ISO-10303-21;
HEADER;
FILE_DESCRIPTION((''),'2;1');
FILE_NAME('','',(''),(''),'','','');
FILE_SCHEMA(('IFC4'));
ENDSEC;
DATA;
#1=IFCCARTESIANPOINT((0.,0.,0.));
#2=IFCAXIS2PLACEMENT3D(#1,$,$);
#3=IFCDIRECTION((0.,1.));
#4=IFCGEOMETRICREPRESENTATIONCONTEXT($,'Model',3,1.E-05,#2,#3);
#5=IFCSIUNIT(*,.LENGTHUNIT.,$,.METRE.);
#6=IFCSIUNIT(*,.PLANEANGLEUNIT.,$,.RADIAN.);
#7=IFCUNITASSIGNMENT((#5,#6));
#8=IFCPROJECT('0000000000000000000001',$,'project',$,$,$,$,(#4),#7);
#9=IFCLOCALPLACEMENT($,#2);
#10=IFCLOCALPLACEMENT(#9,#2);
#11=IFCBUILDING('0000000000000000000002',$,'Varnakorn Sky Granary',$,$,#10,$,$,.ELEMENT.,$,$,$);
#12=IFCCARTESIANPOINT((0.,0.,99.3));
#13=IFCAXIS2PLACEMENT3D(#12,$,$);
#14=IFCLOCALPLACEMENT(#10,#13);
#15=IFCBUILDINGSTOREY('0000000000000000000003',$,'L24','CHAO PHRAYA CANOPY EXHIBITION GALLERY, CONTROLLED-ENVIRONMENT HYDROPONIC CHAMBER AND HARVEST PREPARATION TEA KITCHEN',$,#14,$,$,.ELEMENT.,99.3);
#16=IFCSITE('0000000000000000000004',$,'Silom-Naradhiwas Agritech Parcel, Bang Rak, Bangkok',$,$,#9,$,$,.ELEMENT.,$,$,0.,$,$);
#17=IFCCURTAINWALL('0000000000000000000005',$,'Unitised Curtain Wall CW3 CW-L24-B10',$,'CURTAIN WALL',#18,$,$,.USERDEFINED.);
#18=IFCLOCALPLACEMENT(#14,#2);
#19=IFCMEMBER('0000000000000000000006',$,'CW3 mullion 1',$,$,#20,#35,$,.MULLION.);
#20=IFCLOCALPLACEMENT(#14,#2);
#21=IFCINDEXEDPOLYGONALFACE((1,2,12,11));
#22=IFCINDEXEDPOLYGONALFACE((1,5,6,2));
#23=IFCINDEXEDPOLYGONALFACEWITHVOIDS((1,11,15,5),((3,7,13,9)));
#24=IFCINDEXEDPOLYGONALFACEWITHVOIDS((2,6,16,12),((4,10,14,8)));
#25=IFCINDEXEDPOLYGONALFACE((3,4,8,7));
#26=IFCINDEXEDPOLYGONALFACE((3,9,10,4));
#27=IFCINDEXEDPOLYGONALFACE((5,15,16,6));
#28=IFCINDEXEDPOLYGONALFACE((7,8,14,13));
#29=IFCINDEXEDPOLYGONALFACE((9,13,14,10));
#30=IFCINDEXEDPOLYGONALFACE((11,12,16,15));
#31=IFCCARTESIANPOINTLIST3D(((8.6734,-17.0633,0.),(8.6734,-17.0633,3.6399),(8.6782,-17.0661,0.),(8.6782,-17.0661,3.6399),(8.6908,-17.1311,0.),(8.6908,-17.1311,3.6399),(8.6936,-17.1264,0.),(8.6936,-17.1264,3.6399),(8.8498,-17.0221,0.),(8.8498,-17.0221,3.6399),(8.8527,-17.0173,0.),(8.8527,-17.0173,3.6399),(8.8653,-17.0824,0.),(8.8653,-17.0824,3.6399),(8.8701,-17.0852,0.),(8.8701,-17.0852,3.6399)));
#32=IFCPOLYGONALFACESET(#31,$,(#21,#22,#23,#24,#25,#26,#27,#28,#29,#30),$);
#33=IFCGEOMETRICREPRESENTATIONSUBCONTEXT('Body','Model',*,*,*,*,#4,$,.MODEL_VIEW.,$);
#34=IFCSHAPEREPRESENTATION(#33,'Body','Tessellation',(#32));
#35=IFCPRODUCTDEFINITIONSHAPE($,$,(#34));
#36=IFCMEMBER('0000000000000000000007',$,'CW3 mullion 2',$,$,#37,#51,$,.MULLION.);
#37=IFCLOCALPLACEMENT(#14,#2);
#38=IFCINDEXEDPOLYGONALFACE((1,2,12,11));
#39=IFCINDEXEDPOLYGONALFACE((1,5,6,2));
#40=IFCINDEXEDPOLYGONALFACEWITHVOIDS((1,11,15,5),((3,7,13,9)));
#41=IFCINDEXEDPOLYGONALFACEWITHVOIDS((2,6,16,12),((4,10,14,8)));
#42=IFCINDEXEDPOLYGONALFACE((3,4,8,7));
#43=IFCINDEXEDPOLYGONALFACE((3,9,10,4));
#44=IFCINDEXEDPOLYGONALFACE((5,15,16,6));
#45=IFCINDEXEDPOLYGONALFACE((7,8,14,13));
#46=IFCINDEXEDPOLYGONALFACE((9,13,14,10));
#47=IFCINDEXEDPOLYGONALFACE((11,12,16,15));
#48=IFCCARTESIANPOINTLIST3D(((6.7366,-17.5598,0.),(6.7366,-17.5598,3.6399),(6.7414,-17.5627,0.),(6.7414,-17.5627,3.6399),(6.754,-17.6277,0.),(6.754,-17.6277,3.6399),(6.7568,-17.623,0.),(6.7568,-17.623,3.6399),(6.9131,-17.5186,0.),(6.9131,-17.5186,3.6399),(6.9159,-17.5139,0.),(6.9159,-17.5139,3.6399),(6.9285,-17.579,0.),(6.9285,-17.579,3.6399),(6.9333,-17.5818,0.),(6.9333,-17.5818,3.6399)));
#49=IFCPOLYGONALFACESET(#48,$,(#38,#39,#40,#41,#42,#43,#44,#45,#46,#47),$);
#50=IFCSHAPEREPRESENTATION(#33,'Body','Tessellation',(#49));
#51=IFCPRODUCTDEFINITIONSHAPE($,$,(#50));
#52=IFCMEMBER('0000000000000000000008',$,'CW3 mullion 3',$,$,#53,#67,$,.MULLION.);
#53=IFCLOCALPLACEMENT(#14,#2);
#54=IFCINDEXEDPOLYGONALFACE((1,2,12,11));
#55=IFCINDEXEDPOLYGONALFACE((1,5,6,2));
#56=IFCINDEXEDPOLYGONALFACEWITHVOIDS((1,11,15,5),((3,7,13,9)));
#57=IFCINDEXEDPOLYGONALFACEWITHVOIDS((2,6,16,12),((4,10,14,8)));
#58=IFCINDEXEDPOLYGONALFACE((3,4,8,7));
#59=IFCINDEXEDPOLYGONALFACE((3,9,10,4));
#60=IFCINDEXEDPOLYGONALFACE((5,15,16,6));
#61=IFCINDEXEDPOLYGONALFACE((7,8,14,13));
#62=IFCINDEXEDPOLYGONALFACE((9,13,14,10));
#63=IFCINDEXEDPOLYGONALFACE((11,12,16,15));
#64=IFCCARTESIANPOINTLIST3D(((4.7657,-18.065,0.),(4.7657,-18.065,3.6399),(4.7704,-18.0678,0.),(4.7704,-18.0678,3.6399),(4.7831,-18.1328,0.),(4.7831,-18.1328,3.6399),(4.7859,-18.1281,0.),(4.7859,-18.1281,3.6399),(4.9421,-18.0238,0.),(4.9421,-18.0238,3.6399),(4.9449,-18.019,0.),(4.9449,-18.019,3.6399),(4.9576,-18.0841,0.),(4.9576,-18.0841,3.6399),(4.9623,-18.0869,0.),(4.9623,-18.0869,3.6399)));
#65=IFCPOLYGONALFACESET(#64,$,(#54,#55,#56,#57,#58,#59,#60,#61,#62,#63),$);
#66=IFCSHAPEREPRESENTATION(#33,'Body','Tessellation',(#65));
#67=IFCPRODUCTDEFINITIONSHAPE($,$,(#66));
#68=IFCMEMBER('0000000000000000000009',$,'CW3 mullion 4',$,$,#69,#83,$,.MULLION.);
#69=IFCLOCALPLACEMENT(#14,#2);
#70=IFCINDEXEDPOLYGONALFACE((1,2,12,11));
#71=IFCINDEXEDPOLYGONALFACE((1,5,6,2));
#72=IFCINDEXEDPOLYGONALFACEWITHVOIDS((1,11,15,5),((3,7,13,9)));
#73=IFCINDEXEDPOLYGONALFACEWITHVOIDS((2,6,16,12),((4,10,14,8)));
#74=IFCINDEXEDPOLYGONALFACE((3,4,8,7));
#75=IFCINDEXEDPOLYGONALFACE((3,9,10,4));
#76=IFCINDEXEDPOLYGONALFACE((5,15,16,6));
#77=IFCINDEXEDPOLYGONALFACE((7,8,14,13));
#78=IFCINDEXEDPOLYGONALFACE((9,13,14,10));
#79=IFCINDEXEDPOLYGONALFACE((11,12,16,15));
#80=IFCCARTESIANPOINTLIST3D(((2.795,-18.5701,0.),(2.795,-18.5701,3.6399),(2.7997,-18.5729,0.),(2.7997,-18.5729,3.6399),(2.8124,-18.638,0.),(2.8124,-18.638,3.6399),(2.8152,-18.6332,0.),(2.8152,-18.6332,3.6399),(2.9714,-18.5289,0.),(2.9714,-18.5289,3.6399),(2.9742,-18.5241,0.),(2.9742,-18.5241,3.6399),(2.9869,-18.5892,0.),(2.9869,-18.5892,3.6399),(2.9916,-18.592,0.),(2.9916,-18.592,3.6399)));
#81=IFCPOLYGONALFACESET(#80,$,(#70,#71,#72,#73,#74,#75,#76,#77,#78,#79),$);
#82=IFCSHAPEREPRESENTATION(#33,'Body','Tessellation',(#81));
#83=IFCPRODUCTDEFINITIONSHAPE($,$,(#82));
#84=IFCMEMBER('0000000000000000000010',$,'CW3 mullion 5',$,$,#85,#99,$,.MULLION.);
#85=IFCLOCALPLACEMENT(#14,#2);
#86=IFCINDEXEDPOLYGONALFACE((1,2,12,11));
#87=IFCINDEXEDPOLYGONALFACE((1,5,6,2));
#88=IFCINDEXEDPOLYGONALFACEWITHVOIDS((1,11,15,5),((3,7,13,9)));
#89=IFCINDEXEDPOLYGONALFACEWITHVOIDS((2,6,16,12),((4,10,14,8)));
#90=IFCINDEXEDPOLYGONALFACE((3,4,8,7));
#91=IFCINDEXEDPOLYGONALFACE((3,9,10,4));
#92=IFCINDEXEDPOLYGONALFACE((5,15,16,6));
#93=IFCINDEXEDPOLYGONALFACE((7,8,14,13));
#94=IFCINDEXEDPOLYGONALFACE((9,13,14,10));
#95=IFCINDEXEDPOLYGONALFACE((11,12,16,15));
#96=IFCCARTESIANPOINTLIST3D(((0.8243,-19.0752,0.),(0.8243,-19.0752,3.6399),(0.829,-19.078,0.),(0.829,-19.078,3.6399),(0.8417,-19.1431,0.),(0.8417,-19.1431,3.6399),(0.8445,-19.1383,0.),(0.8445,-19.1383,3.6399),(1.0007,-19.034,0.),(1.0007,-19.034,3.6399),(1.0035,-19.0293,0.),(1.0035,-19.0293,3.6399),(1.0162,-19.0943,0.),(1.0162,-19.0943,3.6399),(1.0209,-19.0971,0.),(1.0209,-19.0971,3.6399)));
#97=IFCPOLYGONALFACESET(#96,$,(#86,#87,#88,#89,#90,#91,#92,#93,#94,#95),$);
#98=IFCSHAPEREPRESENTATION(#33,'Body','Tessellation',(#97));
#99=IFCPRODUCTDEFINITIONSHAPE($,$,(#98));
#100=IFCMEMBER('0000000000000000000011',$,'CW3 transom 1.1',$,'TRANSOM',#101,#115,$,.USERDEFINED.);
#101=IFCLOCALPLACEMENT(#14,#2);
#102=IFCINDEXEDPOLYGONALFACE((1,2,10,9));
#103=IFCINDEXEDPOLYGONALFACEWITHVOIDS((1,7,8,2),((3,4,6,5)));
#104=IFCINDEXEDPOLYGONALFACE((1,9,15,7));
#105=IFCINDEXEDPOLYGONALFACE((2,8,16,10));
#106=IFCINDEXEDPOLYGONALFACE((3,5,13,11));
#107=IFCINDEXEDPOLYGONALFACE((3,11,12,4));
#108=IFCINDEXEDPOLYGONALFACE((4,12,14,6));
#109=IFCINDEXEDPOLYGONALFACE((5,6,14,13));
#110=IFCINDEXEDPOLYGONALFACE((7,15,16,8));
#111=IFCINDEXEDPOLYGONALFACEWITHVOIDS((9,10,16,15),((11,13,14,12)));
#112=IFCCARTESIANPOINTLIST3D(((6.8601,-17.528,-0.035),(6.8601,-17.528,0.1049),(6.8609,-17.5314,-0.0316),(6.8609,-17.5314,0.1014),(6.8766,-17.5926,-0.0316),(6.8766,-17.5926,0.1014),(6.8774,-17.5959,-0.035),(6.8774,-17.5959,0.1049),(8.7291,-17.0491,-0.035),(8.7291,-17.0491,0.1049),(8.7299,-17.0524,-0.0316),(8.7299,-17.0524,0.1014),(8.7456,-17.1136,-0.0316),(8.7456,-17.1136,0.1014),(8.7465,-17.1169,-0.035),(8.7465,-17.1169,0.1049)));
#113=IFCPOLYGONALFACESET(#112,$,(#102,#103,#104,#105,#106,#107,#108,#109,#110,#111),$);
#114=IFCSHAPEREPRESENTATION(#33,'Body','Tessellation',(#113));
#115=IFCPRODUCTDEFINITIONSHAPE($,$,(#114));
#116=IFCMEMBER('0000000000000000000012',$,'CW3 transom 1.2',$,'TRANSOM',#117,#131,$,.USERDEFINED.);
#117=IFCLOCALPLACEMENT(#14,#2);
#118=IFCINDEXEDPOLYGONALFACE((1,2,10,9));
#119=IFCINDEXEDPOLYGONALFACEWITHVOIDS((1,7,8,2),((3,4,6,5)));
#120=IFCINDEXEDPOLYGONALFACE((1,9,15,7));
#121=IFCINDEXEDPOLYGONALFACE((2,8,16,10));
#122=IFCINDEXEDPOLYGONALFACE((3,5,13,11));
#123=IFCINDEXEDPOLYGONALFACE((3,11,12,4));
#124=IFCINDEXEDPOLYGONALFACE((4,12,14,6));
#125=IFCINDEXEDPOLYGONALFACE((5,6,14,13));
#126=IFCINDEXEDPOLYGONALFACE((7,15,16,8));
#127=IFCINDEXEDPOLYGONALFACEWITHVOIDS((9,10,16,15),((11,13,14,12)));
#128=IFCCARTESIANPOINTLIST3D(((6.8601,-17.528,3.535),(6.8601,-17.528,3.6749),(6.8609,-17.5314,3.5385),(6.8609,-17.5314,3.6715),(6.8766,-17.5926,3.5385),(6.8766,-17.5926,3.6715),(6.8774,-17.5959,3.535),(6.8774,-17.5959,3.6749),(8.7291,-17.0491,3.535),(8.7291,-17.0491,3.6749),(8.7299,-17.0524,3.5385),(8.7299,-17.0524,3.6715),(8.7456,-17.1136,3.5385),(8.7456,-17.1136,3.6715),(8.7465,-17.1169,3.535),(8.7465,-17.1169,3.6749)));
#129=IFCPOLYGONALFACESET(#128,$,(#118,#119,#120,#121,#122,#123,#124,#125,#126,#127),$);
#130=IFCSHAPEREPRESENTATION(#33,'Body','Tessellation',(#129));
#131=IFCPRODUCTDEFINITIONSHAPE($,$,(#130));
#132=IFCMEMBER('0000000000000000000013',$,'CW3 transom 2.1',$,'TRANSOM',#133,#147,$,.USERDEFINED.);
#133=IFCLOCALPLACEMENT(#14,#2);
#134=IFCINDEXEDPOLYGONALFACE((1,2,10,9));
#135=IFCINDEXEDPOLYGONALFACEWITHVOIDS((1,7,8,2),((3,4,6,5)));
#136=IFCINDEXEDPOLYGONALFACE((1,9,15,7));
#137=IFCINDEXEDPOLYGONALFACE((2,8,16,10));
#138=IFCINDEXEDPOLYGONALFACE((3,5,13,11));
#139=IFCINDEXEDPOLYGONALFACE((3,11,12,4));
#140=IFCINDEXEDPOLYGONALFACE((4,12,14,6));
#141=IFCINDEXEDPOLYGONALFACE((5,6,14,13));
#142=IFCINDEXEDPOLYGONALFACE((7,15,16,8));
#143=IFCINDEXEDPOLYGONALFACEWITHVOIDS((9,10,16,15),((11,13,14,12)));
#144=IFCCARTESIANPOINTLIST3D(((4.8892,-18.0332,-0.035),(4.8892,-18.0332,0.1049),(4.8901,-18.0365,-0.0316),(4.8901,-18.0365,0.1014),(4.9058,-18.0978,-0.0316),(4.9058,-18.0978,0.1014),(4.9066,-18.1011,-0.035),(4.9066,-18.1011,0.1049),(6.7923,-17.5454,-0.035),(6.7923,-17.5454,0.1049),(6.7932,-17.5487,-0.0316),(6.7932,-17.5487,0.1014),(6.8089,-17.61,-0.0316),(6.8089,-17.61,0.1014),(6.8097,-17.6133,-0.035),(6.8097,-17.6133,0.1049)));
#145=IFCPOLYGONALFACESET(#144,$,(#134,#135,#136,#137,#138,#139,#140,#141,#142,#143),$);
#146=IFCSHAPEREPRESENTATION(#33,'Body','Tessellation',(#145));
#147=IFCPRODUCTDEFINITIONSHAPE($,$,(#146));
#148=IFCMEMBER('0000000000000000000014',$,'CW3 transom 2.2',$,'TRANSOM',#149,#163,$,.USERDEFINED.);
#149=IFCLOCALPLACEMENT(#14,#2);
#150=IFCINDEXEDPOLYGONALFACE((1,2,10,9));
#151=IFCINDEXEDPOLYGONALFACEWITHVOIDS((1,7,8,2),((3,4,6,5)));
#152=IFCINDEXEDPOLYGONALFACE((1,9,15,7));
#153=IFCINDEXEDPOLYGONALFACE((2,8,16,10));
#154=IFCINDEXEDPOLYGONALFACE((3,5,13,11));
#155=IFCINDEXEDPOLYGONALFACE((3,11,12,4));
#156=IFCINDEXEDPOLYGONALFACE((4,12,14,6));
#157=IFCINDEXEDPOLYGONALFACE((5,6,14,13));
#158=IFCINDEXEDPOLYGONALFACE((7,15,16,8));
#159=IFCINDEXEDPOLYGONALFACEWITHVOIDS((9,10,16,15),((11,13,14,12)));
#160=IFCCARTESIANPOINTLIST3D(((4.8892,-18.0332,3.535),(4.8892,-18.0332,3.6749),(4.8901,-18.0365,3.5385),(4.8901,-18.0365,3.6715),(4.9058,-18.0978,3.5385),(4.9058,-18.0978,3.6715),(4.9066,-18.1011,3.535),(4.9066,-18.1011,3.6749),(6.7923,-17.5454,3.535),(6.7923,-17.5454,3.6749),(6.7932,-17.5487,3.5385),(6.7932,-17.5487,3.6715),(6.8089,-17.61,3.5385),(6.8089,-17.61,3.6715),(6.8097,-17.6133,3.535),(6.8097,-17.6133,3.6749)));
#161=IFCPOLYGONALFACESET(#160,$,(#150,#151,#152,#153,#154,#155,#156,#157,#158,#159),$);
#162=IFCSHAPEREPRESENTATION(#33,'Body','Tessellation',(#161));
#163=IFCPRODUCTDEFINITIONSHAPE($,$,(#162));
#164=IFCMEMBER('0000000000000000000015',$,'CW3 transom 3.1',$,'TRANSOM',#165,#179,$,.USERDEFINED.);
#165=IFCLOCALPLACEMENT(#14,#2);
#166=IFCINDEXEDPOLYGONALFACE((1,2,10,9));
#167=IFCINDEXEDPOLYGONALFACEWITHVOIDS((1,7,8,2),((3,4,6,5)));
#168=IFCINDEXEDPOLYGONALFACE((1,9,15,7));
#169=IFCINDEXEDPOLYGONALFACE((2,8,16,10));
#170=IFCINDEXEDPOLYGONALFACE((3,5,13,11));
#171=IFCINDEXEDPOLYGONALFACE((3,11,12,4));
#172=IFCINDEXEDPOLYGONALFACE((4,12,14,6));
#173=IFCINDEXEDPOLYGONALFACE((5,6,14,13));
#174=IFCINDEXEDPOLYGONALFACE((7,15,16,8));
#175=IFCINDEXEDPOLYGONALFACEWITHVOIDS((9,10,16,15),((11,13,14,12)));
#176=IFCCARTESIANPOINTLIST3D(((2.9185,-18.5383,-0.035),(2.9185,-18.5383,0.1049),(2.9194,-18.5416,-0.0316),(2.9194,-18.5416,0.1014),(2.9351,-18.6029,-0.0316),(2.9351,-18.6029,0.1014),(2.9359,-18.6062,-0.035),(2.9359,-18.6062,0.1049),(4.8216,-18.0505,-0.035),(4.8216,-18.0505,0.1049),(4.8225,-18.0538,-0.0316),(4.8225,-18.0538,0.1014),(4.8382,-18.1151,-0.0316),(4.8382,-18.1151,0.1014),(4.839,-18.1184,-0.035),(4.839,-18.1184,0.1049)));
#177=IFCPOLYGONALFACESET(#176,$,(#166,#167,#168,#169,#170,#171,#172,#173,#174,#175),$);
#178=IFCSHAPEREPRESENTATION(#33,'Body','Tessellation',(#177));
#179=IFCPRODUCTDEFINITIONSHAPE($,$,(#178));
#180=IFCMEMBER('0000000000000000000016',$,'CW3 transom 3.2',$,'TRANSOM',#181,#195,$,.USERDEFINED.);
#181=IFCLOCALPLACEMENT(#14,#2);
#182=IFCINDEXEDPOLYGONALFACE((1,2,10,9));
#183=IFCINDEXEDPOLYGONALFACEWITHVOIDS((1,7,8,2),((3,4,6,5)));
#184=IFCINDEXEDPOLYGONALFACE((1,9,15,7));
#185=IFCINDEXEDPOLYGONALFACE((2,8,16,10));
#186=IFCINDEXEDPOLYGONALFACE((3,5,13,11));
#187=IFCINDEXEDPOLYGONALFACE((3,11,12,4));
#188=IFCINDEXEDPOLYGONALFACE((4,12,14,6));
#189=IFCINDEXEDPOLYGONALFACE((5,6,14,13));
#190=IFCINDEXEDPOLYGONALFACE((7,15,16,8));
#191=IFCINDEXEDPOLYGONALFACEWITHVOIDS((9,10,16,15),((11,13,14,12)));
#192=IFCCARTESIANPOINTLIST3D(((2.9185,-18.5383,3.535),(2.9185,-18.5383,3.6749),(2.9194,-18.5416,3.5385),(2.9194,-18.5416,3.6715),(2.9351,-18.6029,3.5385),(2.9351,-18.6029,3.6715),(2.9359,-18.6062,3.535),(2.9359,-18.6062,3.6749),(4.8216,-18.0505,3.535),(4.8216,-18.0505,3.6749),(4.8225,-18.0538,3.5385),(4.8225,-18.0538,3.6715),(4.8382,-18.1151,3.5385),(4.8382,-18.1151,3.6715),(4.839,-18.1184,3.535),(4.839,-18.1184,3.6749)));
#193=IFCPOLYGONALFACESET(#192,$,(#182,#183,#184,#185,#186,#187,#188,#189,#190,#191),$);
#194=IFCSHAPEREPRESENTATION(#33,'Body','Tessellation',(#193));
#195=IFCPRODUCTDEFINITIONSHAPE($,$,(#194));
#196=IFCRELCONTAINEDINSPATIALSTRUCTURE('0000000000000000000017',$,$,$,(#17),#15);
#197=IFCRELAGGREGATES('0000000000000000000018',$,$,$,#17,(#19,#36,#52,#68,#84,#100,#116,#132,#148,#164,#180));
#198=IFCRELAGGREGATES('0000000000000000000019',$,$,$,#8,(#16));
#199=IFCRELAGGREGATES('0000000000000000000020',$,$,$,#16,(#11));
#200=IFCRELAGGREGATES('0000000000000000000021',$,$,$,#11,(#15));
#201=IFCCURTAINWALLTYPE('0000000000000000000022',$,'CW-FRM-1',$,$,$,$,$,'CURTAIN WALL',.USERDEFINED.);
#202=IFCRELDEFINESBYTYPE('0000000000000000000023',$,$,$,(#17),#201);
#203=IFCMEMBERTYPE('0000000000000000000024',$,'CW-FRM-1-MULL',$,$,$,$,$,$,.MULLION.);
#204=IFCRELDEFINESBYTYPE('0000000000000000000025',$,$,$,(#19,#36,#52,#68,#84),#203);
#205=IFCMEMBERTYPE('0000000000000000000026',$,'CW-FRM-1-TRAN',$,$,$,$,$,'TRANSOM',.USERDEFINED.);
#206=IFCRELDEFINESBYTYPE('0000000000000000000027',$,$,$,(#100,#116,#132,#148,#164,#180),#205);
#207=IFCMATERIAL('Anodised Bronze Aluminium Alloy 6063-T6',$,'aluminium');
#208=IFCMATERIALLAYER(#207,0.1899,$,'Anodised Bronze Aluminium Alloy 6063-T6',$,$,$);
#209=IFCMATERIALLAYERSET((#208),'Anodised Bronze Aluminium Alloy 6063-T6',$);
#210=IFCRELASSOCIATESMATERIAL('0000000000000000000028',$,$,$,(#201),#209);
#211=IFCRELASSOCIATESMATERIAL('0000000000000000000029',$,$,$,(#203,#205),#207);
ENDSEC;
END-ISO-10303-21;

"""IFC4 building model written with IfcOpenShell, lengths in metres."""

from ifc_helpers import new_model, si_unit, direction, frame, origin, origin_2d, place, context, subcontext, project, spatial, hollow_rectangle, extrude, material, layer, layer_set, material_profile, profile_set, type_object, element, aggregate, save


model = new_model("IFC4")

# Units and contexts
model_context = context("Model", 3, precision=1e-05, world=origin(), true_north=direction((0.0, 1.0)))
body_context = subcontext(model_context, "Body", "Model", "MODEL_VIEW")
ifc_project = project(units=[si_unit("LENGTHUNIT", "METRE"), si_unit("PLANEANGLEUNIT", "RADIAN")], contexts=[model_context])

# Site, building, storey
site_placement = place(None, origin())
site = spatial("IfcSite", under=ifc_project, at=site_placement, Name="Silom-Naradhiwas Agritech Parcel, Bang Rak, Bangkok", CompositionType="ELEMENT", RefElevation=0.0)
building_placement = place(site_placement, origin())
building = spatial("IfcBuilding", under=site, at=building_placement, Name="Varnakorn Sky Granary", CompositionType="ELEMENT")
storey_placement = place(building_placement, frame((0.0, 0.0, 99.3)))
storey = spatial("IfcBuildingStorey", under=building, at=storey_placement, Name="L24", Description="CHAO PHRAYA CANOPY EXHIBITION GALLERY, CONTROLLED-ENVIRONMENT HYDROPONIC CHAMBER AND HARVEST PREPARATION TEA KITCHEN", CompositionType="ELEMENT", Elevation=99.3)

# Curtain wall, members
ifc_material_1 = material(Name="Anodised Bronze Aluminium Alloy 6063-T6", Category="aluminium")
ifc_layer_1 = layer(ifc_material_1, 0.1899, Name="Anodised Bronze Aluminium Alloy 6063-T6")
ifc_layer_set_1 = layer_set([ifc_layer_1], Name="Anodised Bronze Aluminium Alloy 6063-T6")
curtain_wall_type = type_object("IfcCurtainWallType", Name="CW-FRM-1", ElementType="CURTAIN WALL", PredefinedType="USERDEFINED", material=ifc_layer_set_1)
curtain_wall_placement = place(storey_placement, origin())
curtain_wall = element("IfcCurtainWall", 1, at=curtain_wall_placement, inside=storey, type_object=curtain_wall_type, Name="Unitised Curtain Wall CW3 CW-L24-B10", ObjectType="CURTAIN WALL", PredefinedType="USERDEFINED")
ifc_material_profile_1 = material_profile(ifc_material_1, hollow_rectangle(XDim=0.0701, YDim=0.1851, WallThickness=0.0039, at=origin_2d()), Name="ALU MULL 70x185")
ifc_profile_set_1 = profile_set([ifc_material_profile_1], Name="Anodised Bronze Aluminium Alloy 6063-T6")
member_type_1 = type_object("IfcMemberType", Name="CW-FRM-1-MULL", PredefinedType="MULLION", material=ifc_profile_set_1)
member_1_placement = place(storey_placement, frame((8.7717, -17.0742, 0.0), z_axis=(0.0, 0.0, 1.0), x_axis=(0.248284, -0.968687, 0.0)))
member_1 = element("IfcMember", 2, at=member_1_placement, type_object=member_type_1, Name="CW3 mullion 1", PredefinedType="MULLION", context=body_context, shape_type="SweptSolid", body=[
    extrude(hollow_rectangle(XDim=0.0701, YDim=0.1851, WallThickness=0.0039, at=origin_2d()), origin(), (0.0, 0.0, 1.0), 3.6399),
])
member_2_placement = place(storey_placement, frame((6.835, -17.5708, 0.0), z_axis=(0.0, 0.0, 1.0), x_axis=(0.248284, -0.968687, 0.0)))
member_2 = element("IfcMember", 3, at=member_2_placement, type_object=member_type_1, Name="CW3 mullion 2", PredefinedType="MULLION", context=body_context, shape_type="SweptSolid", body=[
    extrude(hollow_rectangle(XDim=0.0701, YDim=0.1851, WallThickness=0.0039, at=origin_2d()), origin(), (0.0, 0.0, 1.0), 3.6399),
])
member_3_placement = place(storey_placement, frame((4.864, -18.0759, 0.0), z_axis=(0.0, 0.0, 1.0), x_axis=(0.248284, -0.968687, 0.0)))
member_3 = element("IfcMember", 4, at=member_3_placement, type_object=member_type_1, Name="CW3 mullion 3", PredefinedType="MULLION", context=body_context, shape_type="SweptSolid", body=[
    extrude(hollow_rectangle(XDim=0.0701, YDim=0.1851, WallThickness=0.0039, at=origin_2d()), origin(), (0.0, 0.0, 1.0), 3.6399),
])
member_4_placement = place(storey_placement, frame((2.8933, -18.5811, 0.0), z_axis=(0.0, 0.0, 1.0), x_axis=(0.248284, -0.968687, 0.0)))
member_4 = element("IfcMember", 5, at=member_4_placement, type_object=member_type_1, Name="CW3 mullion 4", PredefinedType="MULLION", context=body_context, shape_type="SweptSolid", body=[
    extrude(hollow_rectangle(XDim=0.0701, YDim=0.1851, WallThickness=0.0039, at=origin_2d()), origin(), (0.0, 0.0, 1.0), 3.6399),
])
member_5_placement = place(storey_placement, frame((0.9226, -19.0862, 0.0), z_axis=(0.0, 0.0, 1.0), x_axis=(0.248284, -0.968687, 0.0)))
member_5 = element("IfcMember", 6, at=member_5_placement, type_object=member_type_1, Name="CW3 mullion 5", PredefinedType="MULLION", context=body_context, shape_type="SweptSolid", body=[
    extrude(hollow_rectangle(XDim=0.0701, YDim=0.1851, WallThickness=0.0039, at=origin_2d()), origin(), (0.0, 0.0, 1.0), 3.6399),
])
ifc_material_profile_2 = material_profile(ifc_material_1, hollow_rectangle(XDim=0.0701, YDim=0.1399, WallThickness=0.0034, at=origin_2d()), Name="ALU TRAN 70x140")
ifc_profile_set_2 = profile_set([ifc_material_profile_2], Name="Anodised Bronze Aluminium Alloy 6063-T6")
member_type_2 = type_object("IfcMemberType", Name="CW-FRM-1-TRAN", ElementType="TRANSOM", PredefinedType="USERDEFINED", material=ifc_profile_set_2)
member_6_placement = place(storey_placement, frame((8.7378, -17.083, 0.0349), z_axis=(-0.968697, -0.248247, 0.0), x_axis=(0.248247, -0.968697, 0.0)))
member_6 = element("IfcMember", 7, at=member_6_placement, type_object=member_type_2, Name="CW3 transom 1.1", ObjectType="TRANSOM", PredefinedType="USERDEFINED", context=body_context, shape_type="SweptSolid", body=[
    extrude(hollow_rectangle(XDim=0.0701, YDim=0.1399, WallThickness=0.0034, at=origin_2d()), origin(), (0.0, 0.0, 1.0), 1.9294),
])
member_7_placement = place(storey_placement, frame((8.7378, -17.083, 3.605), z_axis=(-0.968697, -0.248247, 0.0), x_axis=(0.248247, -0.968697, 0.0)))
member_7 = element("IfcMember", 8, at=member_7_placement, type_object=member_type_2, Name="CW3 transom 1.2", ObjectType="TRANSOM", PredefinedType="USERDEFINED", context=body_context, shape_type="SweptSolid", body=[
    extrude(hollow_rectangle(XDim=0.0701, YDim=0.1399, WallThickness=0.0034, at=origin_2d()), origin(), (0.0, 0.0, 1.0), 1.9294),
])
member_8_placement = place(storey_placement, frame((6.801, -17.5793, 0.0349), z_axis=(-0.968685, -0.248292, 0.0), x_axis=(0.248292, -0.968685, 0.0)))
member_8 = element("IfcMember", 9, at=member_8_placement, type_object=member_type_2, Name="CW3 transom 2.1", ObjectType="TRANSOM", PredefinedType="USERDEFINED", context=body_context, shape_type="SweptSolid", body=[
    extrude(hollow_rectangle(XDim=0.0701, YDim=0.1399, WallThickness=0.0034, at=origin_2d()), origin(), (0.0, 0.0, 1.0), 1.9646),
])
member_9_placement = place(storey_placement, frame((6.801, -17.5793, 3.605), z_axis=(-0.968685, -0.248292, 0.0), x_axis=(0.248292, -0.968685, 0.0)))
member_9 = element("IfcMember", 10, at=member_9_placement, type_object=member_type_2, Name="CW3 transom 2.2", ObjectType="TRANSOM", PredefinedType="USERDEFINED", context=body_context, shape_type="SweptSolid", body=[
    extrude(hollow_rectangle(XDim=0.0701, YDim=0.1399, WallThickness=0.0034, at=origin_2d()), origin(), (0.0, 0.0, 1.0), 1.9646),
])
member_10_placement = place(storey_placement, frame((4.8303, -18.0845, 0.0349), z_axis=(-0.968685, -0.248292, 0.0), x_axis=(0.248292, -0.968685, 0.0)))
member_10 = element("IfcMember", 11, at=member_10_placement, type_object=member_type_2, Name="CW3 transom 3.1", ObjectType="TRANSOM", PredefinedType="USERDEFINED", context=body_context, shape_type="SweptSolid", body=[
    extrude(hollow_rectangle(XDim=0.0701, YDim=0.1399, WallThickness=0.0034, at=origin_2d()), origin(), (0.0, 0.0, 1.0), 1.9646),
])
member_11_placement = place(storey_placement, frame((4.8303, -18.0845, 3.605), z_axis=(-0.968685, -0.248292, 0.0), x_axis=(0.248292, -0.968685, 0.0)))
member_11 = element("IfcMember", 12, at=member_11_placement, type_object=member_type_2, Name="CW3 transom 3.2", ObjectType="TRANSOM", PredefinedType="USERDEFINED", context=body_context, shape_type="SweptSolid", body=[
    extrude(hollow_rectangle(XDim=0.0701, YDim=0.1399, WallThickness=0.0034, at=origin_2d()), origin(), (0.0, 0.0, 1.0), 1.9646),
])
aggregate(curtain_wall, [member_1, member_2, member_3, member_4, member_5, member_6, member_7, member_8, member_9, member_10, member_11])

save(model, "model.ifc")
